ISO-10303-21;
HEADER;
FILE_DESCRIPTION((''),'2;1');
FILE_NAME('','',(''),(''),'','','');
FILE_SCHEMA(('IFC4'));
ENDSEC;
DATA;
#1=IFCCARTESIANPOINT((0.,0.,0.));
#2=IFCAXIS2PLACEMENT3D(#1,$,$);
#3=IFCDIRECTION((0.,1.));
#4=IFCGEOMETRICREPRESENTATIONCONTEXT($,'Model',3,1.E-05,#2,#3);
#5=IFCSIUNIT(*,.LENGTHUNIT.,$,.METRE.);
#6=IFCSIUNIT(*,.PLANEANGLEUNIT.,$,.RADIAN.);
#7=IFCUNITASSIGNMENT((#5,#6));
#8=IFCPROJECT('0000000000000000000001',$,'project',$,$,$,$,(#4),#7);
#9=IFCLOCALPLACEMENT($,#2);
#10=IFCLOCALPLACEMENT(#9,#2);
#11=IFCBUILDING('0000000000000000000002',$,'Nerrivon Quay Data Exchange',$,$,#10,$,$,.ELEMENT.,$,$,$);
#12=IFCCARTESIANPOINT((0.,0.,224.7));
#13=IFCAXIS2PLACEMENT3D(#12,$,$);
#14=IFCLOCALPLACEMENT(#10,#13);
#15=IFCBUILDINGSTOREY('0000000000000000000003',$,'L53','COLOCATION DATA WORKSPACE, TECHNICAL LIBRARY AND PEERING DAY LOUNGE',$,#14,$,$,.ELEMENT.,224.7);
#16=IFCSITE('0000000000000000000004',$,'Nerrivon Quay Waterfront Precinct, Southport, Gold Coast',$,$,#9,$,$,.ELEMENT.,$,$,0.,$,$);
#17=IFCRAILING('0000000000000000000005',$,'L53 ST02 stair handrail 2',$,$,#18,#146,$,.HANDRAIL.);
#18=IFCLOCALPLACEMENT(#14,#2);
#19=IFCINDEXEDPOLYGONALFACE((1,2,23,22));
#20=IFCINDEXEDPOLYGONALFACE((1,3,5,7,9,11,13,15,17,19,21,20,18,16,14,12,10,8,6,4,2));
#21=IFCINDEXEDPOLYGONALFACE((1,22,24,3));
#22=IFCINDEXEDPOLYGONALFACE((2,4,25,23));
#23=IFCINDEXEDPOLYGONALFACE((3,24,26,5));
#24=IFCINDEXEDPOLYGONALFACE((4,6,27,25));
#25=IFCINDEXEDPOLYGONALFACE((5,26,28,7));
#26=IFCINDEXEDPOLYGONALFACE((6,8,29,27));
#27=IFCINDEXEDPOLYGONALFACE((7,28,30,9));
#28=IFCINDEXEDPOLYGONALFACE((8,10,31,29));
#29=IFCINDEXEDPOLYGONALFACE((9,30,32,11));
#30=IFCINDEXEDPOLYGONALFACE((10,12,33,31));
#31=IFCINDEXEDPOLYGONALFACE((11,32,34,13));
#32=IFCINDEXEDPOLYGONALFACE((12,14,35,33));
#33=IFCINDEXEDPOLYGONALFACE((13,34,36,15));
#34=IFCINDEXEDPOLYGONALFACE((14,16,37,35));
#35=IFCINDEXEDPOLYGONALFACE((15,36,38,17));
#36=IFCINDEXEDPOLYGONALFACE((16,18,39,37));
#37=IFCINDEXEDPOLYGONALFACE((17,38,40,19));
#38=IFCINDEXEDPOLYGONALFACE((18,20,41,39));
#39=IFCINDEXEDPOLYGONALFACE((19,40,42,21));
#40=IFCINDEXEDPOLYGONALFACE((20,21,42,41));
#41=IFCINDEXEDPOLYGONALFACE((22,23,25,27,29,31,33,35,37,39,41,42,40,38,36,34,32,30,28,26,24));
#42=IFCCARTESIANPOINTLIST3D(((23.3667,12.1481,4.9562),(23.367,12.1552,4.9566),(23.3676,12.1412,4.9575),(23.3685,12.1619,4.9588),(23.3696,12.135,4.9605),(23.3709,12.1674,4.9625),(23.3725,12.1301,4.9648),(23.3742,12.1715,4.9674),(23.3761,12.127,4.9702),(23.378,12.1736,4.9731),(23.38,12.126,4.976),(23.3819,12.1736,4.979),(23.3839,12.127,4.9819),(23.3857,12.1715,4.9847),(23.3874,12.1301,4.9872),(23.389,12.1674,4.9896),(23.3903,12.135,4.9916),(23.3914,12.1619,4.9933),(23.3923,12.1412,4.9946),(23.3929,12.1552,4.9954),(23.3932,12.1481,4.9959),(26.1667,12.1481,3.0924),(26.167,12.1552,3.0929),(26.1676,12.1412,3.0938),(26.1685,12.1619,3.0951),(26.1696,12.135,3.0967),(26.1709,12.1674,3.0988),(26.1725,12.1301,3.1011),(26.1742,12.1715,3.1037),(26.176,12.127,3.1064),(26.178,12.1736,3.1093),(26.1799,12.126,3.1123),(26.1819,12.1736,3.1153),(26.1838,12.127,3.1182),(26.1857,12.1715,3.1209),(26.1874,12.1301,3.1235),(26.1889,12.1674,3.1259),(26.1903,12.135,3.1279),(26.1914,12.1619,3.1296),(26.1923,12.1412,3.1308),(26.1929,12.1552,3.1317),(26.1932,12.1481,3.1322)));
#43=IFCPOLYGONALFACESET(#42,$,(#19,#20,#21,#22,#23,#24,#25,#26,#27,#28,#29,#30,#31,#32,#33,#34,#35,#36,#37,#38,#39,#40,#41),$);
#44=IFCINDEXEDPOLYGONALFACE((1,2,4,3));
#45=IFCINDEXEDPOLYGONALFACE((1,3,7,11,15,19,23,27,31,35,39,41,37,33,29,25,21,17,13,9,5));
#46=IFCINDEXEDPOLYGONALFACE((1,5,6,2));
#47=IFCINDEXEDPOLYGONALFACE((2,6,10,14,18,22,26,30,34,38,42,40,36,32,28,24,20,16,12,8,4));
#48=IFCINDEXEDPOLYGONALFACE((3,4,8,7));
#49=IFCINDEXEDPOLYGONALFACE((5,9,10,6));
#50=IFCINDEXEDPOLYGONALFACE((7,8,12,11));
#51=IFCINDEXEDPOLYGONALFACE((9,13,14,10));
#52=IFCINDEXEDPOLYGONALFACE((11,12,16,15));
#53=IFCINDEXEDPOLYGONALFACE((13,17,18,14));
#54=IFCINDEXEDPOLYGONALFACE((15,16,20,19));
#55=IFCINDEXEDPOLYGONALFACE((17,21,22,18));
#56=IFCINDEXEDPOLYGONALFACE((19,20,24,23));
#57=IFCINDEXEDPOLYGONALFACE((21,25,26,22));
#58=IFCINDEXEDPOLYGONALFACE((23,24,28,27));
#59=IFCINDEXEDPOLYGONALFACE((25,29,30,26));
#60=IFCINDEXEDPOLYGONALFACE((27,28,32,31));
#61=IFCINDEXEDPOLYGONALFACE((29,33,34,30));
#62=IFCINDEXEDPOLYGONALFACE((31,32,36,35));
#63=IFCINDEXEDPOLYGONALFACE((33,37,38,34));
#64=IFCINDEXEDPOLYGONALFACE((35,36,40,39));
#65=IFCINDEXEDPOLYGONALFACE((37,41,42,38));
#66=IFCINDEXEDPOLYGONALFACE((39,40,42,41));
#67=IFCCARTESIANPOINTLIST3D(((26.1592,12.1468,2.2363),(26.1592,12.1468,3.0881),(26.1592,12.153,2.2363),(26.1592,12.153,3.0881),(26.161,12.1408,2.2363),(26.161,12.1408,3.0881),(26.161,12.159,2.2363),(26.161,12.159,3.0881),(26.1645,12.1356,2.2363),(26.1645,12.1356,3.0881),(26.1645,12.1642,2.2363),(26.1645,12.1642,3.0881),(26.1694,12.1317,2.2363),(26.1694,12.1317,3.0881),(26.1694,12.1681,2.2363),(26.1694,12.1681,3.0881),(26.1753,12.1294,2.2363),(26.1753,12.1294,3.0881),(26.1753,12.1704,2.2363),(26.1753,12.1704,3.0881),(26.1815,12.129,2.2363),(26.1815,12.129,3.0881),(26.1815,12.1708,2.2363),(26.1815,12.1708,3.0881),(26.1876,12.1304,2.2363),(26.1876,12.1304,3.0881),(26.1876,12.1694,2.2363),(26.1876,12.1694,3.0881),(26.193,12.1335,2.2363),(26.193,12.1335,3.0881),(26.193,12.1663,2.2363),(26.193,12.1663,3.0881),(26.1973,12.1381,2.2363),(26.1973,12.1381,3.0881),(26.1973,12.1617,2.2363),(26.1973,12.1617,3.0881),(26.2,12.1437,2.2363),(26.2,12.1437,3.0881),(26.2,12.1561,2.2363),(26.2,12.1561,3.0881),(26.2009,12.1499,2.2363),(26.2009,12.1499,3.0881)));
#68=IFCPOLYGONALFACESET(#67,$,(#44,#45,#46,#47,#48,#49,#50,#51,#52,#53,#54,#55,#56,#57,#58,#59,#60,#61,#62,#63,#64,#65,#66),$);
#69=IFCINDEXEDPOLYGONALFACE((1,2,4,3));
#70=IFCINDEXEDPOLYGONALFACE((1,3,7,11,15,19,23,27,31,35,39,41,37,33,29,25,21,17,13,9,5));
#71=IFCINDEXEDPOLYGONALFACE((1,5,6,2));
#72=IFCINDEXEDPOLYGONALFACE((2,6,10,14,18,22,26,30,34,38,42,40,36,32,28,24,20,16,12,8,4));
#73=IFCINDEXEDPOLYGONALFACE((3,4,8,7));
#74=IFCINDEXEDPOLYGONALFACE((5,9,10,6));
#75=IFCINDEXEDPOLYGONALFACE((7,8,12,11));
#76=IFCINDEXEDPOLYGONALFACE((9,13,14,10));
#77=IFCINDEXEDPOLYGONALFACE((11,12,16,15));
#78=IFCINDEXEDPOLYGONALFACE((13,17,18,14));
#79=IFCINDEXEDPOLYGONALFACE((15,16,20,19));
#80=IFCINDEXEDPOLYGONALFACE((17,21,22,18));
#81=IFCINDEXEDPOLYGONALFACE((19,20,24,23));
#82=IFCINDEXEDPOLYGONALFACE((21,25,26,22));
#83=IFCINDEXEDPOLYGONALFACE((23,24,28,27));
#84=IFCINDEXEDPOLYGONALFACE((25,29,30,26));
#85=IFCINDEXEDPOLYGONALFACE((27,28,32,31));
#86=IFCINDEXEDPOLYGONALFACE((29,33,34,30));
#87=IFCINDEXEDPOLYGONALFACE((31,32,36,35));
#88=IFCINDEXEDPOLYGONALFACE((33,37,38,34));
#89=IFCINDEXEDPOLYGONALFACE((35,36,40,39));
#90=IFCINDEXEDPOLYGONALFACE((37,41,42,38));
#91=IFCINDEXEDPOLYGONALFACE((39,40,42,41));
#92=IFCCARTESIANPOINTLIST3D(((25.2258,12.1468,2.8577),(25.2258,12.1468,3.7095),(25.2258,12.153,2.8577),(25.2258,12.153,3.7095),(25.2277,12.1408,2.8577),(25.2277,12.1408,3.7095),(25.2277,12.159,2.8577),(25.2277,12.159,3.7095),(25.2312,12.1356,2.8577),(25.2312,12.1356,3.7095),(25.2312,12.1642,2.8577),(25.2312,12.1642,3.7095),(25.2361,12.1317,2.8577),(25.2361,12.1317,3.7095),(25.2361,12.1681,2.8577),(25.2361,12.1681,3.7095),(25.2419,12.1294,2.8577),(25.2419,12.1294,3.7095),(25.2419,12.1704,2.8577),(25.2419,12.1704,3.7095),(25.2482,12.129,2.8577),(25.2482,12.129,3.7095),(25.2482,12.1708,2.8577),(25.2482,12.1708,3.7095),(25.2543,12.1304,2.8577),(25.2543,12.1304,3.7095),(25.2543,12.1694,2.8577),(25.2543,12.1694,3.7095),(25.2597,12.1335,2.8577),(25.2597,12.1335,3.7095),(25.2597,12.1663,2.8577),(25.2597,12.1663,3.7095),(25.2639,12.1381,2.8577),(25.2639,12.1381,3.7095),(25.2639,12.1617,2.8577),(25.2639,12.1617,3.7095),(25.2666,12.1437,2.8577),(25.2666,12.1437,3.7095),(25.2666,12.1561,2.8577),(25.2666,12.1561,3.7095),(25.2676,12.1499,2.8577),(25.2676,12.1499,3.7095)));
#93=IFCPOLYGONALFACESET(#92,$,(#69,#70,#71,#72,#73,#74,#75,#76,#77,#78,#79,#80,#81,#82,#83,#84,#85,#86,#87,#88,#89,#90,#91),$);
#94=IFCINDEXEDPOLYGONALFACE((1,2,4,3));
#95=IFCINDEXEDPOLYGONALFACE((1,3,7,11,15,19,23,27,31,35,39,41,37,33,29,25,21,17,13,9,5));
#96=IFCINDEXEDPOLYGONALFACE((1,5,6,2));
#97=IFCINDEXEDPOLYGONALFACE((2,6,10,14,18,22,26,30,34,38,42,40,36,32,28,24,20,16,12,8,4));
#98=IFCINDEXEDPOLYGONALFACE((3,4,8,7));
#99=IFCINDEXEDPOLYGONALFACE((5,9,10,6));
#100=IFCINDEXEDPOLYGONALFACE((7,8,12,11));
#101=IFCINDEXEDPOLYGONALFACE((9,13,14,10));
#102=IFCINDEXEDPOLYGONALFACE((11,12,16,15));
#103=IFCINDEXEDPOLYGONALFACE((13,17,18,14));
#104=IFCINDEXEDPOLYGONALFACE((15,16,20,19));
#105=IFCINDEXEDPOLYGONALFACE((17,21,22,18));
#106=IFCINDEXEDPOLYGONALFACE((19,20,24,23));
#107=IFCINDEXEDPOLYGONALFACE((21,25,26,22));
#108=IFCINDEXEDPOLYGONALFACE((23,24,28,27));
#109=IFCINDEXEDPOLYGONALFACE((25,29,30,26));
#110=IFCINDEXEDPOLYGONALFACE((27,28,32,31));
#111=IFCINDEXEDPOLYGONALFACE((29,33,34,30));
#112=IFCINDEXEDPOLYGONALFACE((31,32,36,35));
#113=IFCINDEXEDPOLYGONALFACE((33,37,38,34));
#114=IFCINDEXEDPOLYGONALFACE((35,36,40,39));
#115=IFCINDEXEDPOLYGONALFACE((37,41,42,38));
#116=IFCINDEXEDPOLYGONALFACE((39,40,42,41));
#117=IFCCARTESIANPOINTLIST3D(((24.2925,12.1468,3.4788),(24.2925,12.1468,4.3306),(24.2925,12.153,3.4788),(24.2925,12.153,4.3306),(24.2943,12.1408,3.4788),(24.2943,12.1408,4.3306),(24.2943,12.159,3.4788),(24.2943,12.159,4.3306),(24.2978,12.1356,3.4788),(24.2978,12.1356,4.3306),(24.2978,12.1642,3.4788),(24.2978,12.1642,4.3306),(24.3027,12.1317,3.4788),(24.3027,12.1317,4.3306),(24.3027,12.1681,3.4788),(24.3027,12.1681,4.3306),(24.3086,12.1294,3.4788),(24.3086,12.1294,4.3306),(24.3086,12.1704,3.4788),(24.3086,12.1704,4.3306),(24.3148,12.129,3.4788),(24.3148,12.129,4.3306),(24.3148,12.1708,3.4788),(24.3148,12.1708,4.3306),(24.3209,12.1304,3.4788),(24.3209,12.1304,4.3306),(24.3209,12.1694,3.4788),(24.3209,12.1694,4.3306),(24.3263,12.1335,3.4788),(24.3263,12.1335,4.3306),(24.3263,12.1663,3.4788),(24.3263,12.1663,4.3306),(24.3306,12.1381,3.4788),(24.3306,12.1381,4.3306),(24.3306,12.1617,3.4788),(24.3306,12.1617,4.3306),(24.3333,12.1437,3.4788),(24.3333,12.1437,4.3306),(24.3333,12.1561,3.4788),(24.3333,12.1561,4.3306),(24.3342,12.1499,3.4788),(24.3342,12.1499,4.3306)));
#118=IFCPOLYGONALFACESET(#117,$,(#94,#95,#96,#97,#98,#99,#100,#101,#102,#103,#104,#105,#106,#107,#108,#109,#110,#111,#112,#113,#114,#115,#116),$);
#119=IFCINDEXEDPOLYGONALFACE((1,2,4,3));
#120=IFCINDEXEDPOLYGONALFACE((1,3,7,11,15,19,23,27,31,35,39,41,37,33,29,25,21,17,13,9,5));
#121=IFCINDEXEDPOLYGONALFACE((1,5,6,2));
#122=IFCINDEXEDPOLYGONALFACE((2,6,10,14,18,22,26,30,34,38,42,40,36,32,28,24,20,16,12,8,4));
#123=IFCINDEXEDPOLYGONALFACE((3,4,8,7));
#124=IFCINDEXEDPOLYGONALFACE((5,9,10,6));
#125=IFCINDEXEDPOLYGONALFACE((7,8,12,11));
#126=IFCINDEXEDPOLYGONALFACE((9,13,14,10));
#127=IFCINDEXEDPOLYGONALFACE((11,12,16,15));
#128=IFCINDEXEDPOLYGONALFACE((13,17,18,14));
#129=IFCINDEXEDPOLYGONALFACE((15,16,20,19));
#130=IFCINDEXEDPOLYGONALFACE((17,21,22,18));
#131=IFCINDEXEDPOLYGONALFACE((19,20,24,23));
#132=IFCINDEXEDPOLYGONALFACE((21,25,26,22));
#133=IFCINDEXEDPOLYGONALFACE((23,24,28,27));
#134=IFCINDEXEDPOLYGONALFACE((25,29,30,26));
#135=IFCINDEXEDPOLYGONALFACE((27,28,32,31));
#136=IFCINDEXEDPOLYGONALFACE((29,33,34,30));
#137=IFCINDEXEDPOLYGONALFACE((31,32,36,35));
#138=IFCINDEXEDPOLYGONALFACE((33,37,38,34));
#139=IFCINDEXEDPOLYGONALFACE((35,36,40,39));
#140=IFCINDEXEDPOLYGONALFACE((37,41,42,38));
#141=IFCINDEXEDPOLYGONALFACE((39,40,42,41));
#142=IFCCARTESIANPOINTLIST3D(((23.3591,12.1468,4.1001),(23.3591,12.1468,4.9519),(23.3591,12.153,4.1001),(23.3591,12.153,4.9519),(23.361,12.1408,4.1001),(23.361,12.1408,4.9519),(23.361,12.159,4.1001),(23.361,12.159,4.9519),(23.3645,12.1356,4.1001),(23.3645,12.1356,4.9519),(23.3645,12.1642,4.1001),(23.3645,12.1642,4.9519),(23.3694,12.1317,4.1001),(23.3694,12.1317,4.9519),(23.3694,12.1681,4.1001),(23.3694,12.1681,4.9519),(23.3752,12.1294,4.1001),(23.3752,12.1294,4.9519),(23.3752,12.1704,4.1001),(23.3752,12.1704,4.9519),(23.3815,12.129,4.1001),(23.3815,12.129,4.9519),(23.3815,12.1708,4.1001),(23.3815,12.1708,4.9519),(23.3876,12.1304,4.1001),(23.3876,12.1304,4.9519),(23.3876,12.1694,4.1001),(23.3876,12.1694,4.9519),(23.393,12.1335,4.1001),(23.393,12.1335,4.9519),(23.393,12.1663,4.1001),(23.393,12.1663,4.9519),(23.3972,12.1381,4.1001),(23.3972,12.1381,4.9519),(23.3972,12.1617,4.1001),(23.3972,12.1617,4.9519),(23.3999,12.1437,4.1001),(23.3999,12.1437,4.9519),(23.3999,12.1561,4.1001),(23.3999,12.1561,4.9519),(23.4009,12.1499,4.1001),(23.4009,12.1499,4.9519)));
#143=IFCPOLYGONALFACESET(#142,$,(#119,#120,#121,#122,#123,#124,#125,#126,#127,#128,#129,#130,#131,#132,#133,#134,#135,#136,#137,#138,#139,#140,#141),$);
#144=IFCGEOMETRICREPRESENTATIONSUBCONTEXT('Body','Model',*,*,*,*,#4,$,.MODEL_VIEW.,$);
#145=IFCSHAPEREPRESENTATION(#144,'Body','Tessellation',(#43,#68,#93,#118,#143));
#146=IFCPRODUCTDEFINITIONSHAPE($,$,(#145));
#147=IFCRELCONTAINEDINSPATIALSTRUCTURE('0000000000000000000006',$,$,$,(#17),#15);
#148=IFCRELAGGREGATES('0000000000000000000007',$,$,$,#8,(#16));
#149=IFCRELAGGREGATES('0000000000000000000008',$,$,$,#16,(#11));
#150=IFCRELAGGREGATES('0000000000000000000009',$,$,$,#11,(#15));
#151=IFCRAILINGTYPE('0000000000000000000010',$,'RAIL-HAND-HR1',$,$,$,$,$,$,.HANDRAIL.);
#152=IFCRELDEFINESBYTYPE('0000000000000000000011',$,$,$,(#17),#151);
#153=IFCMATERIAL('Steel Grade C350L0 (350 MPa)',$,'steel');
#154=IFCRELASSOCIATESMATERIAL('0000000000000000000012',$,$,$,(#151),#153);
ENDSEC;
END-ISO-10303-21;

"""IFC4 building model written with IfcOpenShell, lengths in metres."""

from ifc_helpers import new_model, si_unit, direction, frame, origin, origin_2d, place, context, subcontext, project, spatial, circle, extrude, material, type_object, element, save


model = new_model("IFC4")

# Units and contexts
model_context = context("Model", 3, precision=1e-05, world=origin(), true_north=direction((0.0, 1.0)))
body_context = subcontext(model_context, "Body", "Model", "MODEL_VIEW")
ifc_project = project(units=[si_unit("LENGTHUNIT", "METRE"), si_unit("PLANEANGLEUNIT", "RADIAN")], contexts=[model_context])

# Site, building, storey
site_placement = place(None, origin())
site = spatial("IfcSite", under=ifc_project, at=site_placement, Name="Nerrivon Quay Waterfront Precinct, Southport, Gold Coast", CompositionType="ELEMENT", RefElevation=0.0)
building_placement = place(site_placement, origin())
building = spatial("IfcBuilding", under=site, at=building_placement, Name="Nerrivon Quay Data Exchange", CompositionType="ELEMENT")
storey_placement = place(building_placement, frame((0.0, 0.0, 224.7)))
storey = spatial("IfcBuildingStorey", under=building, at=storey_placement, Name="L53", Description="COLOCATION DATA WORKSPACE, TECHNICAL LIBRARY AND PEERING DAY LOUNGE", CompositionType="ELEMENT", Elevation=224.7)

# Railing
ifc_material_1 = material(Name="Steel Grade C350L0 (350 MPa)", Category="steel")
railing_type_1 = type_object("IfcRailingType", Name="RAIL-HAND-HR1", PredefinedType="HANDRAIL", material=ifc_material_1)
railing_1_placement = place(storey_placement, frame((26.1799, 12.1499, 2.2363)))
element("IfcRailing", 1, at=railing_1_placement, inside=storey, type_object=railing_type_1, Name="L53 ST02 stair handrail 2", PredefinedType="HANDRAIL", context=body_context, shape_type="SweptSolid", body=[
    extrude(circle(Radius=0.0239, at=origin_2d()), frame((0.0, 0.0, 0.876), z_axis=(-0.832452, 0.0, 0.554097), x_axis=(0.0, -1.0, 0.0)), (0.0, 0.0, 1.0), 3.3635),
    extrude(circle(Radius=0.021, at=origin_2d()), origin(), (0.0, 0.0, 1.0), 0.8518),
    extrude(circle(Radius=0.021, at=origin_2d()), frame((-0.9333, 0.0, 0.6213)), (0.0, 0.0, 1.0), 0.8518),
    extrude(circle(Radius=0.021, at=origin_2d()), frame((-1.8667, 0.0, 1.2424)), (0.0, 0.0, 1.0), 0.8518),
    extrude(circle(Radius=0.021, at=origin_2d()), frame((-2.8, 0.0, 1.8638)), (0.0, 0.0, 1.0), 0.8518),
])

save(model, "model.ifc")
